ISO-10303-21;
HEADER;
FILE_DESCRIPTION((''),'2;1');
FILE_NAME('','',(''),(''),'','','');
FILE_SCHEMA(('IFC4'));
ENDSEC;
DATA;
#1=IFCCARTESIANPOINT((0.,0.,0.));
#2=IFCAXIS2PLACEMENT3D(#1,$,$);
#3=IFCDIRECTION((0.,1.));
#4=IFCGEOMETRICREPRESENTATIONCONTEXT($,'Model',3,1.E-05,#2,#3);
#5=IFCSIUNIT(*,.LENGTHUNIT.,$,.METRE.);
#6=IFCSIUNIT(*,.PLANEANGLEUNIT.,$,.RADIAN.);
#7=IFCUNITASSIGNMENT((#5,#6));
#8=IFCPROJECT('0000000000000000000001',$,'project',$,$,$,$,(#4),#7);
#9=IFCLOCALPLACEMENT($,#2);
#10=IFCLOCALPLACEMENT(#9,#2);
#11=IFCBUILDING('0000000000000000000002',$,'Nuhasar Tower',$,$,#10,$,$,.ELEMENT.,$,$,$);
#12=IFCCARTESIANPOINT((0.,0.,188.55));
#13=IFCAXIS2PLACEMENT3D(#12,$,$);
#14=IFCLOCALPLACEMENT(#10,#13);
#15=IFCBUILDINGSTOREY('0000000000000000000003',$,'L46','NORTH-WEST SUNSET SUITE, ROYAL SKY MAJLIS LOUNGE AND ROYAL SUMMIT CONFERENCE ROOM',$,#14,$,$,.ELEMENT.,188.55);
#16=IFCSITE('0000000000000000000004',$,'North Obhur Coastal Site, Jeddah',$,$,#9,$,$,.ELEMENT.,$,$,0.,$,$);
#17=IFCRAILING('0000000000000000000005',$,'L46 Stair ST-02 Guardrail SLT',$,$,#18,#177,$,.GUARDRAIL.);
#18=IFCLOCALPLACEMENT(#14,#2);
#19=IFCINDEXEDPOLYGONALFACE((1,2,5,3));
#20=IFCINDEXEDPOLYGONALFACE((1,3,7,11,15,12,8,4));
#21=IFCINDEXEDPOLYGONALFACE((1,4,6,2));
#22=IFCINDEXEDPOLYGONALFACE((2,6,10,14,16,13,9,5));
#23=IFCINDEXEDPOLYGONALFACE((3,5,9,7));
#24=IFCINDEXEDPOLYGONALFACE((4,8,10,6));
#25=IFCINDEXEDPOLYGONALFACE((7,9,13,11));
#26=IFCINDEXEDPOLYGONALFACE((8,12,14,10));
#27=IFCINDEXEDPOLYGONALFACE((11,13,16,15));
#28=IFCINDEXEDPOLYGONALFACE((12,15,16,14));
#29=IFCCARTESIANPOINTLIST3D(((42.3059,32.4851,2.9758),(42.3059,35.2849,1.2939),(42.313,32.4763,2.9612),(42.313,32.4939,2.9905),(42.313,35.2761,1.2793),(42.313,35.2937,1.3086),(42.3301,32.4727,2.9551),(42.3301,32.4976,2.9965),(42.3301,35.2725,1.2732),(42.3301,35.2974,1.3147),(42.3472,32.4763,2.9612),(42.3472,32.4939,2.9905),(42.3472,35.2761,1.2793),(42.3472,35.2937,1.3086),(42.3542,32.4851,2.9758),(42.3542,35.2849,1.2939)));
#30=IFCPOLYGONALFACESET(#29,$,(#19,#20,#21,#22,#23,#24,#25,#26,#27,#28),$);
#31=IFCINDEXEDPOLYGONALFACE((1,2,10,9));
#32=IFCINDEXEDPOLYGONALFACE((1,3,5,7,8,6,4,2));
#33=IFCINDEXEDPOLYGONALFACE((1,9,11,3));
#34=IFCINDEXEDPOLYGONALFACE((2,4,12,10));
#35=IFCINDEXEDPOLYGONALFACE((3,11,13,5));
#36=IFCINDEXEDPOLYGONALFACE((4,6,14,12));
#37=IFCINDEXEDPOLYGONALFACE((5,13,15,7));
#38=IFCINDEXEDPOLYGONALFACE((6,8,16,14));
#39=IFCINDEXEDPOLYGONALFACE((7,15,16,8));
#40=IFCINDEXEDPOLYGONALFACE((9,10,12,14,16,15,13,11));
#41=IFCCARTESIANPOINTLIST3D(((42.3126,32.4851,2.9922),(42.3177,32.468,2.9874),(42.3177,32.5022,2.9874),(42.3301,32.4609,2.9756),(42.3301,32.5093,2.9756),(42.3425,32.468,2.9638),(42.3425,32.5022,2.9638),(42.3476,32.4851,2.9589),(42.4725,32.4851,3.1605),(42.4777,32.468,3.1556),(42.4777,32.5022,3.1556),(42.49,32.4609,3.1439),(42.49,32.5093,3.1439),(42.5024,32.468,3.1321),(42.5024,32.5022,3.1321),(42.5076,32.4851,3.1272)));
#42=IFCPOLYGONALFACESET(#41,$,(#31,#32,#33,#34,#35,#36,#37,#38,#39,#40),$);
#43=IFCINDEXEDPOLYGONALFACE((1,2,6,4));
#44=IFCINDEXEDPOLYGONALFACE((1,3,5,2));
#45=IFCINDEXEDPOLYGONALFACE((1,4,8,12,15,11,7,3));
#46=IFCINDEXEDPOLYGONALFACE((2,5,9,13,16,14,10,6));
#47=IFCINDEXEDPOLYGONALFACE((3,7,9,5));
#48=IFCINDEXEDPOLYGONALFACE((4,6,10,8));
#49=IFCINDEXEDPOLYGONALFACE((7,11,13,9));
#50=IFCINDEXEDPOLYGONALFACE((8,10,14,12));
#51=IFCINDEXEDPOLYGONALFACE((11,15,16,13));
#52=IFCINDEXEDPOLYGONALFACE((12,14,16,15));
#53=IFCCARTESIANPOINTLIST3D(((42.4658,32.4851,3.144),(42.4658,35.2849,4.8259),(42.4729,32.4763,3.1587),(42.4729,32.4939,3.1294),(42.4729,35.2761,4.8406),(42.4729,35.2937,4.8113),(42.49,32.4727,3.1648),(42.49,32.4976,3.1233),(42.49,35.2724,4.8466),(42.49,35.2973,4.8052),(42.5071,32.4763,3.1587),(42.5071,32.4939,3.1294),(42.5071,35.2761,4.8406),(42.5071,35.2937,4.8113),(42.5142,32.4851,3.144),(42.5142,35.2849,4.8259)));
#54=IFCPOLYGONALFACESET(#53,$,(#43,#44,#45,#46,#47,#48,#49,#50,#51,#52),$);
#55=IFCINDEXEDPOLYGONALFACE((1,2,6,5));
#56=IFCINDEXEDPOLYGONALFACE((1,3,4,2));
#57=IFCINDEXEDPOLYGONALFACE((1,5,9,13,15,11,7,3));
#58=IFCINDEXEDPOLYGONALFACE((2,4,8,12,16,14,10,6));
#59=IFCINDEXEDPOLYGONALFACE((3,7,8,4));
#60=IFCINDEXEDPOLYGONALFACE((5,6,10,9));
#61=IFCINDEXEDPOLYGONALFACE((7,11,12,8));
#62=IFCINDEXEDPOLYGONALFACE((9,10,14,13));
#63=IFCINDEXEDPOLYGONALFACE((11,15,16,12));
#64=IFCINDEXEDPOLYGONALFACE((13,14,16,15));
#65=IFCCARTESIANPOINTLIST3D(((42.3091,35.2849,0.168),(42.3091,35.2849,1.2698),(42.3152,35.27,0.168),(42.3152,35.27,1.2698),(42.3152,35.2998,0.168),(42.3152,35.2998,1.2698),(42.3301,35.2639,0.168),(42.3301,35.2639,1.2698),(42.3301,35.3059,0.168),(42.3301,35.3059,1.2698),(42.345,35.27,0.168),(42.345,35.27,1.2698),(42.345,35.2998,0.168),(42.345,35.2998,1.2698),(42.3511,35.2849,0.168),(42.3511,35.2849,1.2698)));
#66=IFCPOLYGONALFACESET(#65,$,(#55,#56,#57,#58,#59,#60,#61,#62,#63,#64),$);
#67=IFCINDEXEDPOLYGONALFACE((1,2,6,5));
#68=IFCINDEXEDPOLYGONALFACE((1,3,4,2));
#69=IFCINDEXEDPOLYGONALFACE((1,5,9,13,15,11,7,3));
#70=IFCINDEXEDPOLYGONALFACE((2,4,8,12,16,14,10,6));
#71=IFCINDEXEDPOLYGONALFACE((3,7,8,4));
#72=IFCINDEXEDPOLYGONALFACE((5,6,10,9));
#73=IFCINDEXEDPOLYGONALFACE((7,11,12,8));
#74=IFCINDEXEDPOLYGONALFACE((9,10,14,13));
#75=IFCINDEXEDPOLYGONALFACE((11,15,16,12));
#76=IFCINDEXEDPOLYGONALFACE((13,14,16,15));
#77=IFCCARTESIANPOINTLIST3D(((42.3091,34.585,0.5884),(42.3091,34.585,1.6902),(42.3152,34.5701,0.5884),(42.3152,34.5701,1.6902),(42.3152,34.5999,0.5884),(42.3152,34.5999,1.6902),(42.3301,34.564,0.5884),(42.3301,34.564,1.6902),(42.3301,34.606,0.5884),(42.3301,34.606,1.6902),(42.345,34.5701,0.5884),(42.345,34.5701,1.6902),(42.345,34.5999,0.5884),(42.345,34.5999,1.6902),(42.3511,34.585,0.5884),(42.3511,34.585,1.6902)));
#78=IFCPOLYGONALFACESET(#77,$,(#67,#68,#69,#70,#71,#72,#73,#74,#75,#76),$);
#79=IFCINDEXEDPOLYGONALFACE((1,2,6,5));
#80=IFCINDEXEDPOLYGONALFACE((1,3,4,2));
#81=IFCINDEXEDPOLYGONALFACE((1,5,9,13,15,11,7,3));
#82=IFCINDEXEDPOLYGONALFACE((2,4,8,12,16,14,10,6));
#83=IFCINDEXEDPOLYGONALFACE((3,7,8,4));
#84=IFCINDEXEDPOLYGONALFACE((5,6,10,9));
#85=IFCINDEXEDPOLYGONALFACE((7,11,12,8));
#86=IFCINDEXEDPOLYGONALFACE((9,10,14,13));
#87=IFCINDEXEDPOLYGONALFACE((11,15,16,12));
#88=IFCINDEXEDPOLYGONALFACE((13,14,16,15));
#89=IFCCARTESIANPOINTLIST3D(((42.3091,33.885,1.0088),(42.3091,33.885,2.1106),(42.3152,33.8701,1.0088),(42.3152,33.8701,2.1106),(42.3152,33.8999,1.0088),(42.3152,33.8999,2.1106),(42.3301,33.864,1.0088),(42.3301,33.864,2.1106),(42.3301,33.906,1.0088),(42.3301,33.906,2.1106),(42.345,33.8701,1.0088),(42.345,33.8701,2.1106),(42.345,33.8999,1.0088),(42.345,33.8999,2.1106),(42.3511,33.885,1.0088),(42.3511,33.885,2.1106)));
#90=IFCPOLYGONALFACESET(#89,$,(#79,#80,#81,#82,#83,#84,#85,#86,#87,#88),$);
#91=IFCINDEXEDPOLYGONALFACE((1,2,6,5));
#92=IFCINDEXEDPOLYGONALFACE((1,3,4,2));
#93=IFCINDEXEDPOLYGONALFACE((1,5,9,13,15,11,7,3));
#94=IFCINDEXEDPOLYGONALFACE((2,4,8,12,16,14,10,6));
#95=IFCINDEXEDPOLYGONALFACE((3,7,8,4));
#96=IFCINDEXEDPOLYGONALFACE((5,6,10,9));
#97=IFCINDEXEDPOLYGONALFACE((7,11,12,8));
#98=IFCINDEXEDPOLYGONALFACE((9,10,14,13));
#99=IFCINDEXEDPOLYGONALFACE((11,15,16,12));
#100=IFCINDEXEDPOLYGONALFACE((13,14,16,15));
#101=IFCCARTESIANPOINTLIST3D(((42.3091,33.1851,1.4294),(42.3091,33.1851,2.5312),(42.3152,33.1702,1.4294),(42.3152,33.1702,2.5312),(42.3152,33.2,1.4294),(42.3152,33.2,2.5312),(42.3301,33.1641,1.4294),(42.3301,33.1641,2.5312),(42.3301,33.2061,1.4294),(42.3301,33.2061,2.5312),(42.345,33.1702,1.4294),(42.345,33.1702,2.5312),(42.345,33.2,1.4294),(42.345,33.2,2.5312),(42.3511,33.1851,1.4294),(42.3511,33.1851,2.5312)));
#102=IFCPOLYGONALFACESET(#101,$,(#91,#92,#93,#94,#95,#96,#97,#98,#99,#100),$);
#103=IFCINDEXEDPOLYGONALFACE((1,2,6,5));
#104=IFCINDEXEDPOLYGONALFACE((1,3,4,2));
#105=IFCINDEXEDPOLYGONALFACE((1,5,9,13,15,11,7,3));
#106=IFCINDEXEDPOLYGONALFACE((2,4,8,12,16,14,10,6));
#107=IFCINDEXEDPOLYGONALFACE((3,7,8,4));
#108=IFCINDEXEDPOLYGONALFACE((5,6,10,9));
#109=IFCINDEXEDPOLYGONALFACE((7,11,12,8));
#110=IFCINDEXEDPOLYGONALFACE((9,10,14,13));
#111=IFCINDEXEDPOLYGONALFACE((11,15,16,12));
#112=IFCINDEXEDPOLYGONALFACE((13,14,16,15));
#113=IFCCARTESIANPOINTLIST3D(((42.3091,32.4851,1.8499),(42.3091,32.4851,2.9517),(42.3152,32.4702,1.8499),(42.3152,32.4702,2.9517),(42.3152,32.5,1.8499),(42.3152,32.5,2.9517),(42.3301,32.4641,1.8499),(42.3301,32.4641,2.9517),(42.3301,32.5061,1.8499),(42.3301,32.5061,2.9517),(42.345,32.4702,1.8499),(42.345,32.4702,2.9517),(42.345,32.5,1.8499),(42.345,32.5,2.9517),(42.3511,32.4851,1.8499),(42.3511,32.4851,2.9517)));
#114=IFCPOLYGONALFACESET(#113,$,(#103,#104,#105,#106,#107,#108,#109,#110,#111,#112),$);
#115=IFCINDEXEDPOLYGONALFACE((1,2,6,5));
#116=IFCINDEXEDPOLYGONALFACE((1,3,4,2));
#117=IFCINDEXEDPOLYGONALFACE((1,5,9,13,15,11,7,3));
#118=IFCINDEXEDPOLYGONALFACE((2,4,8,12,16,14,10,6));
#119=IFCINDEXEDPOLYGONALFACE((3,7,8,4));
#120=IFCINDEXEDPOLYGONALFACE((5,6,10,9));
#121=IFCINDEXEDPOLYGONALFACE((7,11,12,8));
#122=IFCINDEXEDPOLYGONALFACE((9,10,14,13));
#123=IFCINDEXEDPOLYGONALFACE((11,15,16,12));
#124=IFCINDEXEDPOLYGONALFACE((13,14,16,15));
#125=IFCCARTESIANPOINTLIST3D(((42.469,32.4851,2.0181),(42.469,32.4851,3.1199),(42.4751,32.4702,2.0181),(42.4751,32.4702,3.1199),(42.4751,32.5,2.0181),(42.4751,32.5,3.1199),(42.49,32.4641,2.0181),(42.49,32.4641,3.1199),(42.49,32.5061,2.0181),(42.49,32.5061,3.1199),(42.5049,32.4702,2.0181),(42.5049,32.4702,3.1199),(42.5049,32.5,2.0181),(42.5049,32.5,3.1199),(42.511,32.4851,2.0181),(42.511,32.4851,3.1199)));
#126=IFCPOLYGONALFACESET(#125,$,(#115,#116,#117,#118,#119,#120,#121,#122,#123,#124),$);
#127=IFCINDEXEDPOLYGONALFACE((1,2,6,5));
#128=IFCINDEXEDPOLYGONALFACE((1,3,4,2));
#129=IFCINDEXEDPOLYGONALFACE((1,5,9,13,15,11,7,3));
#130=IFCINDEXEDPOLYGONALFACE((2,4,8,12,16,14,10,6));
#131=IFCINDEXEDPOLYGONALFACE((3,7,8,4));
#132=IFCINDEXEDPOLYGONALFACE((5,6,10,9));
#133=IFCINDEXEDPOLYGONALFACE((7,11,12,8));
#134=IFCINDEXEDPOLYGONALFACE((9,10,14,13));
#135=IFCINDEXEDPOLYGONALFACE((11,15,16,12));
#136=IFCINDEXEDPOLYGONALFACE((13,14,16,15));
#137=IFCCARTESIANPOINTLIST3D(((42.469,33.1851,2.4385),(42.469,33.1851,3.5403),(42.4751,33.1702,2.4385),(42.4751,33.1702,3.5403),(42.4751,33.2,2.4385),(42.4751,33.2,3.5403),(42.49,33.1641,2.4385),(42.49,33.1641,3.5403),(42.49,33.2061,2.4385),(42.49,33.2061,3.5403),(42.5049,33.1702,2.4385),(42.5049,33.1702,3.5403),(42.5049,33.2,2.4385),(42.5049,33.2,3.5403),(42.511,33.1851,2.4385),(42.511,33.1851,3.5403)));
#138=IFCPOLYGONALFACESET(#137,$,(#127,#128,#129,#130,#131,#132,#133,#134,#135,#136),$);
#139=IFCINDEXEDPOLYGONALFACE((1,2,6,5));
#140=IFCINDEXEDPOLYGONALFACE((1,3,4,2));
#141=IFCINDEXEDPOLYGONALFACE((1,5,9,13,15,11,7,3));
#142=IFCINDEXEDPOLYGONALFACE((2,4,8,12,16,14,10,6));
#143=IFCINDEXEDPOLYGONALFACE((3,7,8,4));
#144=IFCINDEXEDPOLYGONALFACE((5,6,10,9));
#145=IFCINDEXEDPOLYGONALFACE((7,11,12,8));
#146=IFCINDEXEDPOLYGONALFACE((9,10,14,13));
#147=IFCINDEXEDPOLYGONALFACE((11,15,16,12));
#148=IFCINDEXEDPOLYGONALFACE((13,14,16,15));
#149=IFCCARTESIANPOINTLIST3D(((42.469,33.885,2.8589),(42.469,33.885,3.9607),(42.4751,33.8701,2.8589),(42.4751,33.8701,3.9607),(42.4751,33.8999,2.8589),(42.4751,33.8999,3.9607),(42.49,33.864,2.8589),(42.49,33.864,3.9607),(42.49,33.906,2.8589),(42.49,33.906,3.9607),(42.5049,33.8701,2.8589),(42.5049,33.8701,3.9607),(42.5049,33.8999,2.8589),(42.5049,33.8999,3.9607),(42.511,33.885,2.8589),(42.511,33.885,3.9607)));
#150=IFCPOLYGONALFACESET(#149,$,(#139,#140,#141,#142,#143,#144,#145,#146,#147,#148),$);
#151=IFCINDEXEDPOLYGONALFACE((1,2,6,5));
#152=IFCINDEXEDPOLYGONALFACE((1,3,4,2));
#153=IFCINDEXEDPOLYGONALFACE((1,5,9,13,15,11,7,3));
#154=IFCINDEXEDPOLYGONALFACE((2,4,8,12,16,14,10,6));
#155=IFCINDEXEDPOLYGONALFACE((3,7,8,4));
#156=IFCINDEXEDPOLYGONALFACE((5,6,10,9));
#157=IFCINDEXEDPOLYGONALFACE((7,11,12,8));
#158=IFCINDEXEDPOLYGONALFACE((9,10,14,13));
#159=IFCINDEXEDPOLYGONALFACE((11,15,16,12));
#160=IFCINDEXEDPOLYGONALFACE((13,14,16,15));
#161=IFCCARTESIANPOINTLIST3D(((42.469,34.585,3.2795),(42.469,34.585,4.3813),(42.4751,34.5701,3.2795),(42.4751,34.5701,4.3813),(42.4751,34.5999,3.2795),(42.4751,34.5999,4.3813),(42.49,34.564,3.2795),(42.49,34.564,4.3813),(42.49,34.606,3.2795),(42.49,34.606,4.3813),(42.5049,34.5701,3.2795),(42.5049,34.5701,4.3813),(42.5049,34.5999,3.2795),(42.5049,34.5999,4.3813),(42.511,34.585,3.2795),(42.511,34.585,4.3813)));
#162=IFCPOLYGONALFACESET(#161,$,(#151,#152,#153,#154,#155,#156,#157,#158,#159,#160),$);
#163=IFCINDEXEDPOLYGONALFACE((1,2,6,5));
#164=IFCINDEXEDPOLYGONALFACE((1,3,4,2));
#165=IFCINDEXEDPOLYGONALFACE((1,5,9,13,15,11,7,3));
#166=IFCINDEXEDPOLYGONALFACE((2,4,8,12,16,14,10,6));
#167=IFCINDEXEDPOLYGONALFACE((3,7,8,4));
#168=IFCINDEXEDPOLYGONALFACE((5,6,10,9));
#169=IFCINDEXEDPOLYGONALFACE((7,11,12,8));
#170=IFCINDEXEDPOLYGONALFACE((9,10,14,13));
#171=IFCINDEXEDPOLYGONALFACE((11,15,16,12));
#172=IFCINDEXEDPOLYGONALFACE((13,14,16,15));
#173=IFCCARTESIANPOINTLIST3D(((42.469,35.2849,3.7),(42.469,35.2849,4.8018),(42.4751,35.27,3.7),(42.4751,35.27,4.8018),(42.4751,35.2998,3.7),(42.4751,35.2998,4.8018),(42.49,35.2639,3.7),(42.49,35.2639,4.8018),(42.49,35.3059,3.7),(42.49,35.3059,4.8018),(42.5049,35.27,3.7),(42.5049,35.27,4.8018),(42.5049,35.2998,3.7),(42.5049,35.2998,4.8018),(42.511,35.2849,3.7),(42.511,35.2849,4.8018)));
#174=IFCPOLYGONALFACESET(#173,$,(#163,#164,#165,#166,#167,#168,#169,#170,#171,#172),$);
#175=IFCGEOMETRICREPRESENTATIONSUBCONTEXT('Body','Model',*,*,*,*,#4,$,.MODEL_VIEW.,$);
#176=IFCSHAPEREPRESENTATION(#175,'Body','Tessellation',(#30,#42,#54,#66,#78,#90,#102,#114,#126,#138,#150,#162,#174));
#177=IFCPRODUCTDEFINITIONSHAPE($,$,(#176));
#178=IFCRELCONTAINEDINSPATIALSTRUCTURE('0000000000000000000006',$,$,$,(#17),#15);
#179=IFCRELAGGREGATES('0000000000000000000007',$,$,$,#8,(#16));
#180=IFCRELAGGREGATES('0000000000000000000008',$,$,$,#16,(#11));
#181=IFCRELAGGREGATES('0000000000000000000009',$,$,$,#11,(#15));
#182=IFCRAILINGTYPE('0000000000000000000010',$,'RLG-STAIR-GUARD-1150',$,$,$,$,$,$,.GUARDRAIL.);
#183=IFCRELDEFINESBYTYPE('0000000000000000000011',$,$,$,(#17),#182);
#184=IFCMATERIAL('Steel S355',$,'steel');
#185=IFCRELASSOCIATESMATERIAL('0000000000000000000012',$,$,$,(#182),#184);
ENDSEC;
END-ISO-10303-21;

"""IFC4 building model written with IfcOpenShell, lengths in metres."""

from ifc_helpers import new_model, si_unit, direction, frame, origin, place, context, subcontext, project, spatial, polyline, outline, extrude, material, type_object, element, save


model = new_model("IFC4")

# Units and contexts
model_context = context("Model", 3, precision=1e-05, world=origin(), true_north=direction((0.0, 1.0)))
body_context = subcontext(model_context, "Body", "Model", "MODEL_VIEW")
ifc_project = project(units=[si_unit("LENGTHUNIT", "METRE"), si_unit("PLANEANGLEUNIT", "RADIAN")], contexts=[model_context])

# Site, building, storey
site_placement = place(None, origin())
site = spatial("IfcSite", under=ifc_project, at=site_placement, Name="North Obhur Coastal Site, Jeddah", CompositionType="ELEMENT", RefElevation=0.0)
building_placement = place(site_placement, origin())
building = spatial("IfcBuilding", under=site, at=building_placement, Name="Nuhasar Tower", CompositionType="ELEMENT")
storey_placement = place(building_placement, frame((0.0, 0.0, 188.55)))
storey = spatial("IfcBuildingStorey", under=building, at=storey_placement, Name="L46", Description="NORTH-WEST SUNSET SUITE, ROYAL SKY MAJLIS LOUNGE AND ROYAL SUMMIT CONFERENCE ROOM", CompositionType="ELEMENT", Elevation=188.55)

# Shared definitions
ifc_material_1 = material(Name="Steel S355", Category="steel")

# Railing
railing_type_1 = type_object("IfcRailingType", Name="RLG-STAIR-GUARD-1150", PredefinedType="GUARDRAIL", material=ifc_material_1)
railing_1_placement = place(storey_placement, frame((42.3301, 35.2849, 0.168)))
element("IfcRailing", 1, at=railing_1_placement, inside=storey, type_object=railing_type_1, Name="L46 Stair ST-02 Guardrail SLT", PredefinedType="GUARDRAIL", context=body_context, shape_type="SweptSolid", body=[
    extrude(outline(polyline([(0.0242, 0.0), (0.0171, 0.0171), (0.0, 0.0242), (-0.0171, 0.0171), (-0.0242, 0.0), (-0.0171, -0.0171), (0.0, -0.0242), (0.0171, -0.0171), (0.0242, 0.0)])), frame((0.0, 0.0, 1.126), z_axis=(0.0, -0.857222, 0.514946), x_axis=(1.0, 0.0, 0.0)), (0.0, 0.0, 1.0), 3.2661),
    extrude(outline(polyline([(0.0242, 0.0), (0.0171, 0.0171), (0.0, 0.0242), (-0.0171, 0.0171), (-0.0242, 0.0), (-0.0171, -0.0171), (0.0, -0.0242), (0.0171, -0.0171), (0.0242, 0.0)])), frame((0.0, -2.7998, 2.8076), z_axis=(0.688998, 0.0, 0.724763), x_axis=(0.0, 1.0, 0.0)), (0.0, 0.0, 1.0), 0.2322),
    extrude(outline(polyline([(0.0242, 0.0), (0.0171, 0.0171), (0.0, 0.0242), (-0.0171, 0.0171), (-0.0242, 0.0), (-0.0171, -0.0171), (0.0, -0.0242), (0.0171, -0.0171), (0.0242, 0.0)])), frame((0.1599, -2.7998, 2.9761), z_axis=(0.0, 0.857222, 0.514946), x_axis=(-1.0, 0.0, 0.0)), (0.0, 0.0, 1.0), 3.2661),
    extrude(outline(polyline([(0.021, 0.0), (0.0149, 0.0149), (0.0, 0.021), (-0.0149, 0.0149), (-0.021, 0.0), (-0.0149, -0.0149), (0.0, -0.021), (0.0149, -0.0149), (0.021, 0.0)])), origin(), (0.0, 0.0, 1.0), 1.1018),
    extrude(outline(polyline([(0.021, 0.0), (0.0149, 0.0149), (0.0, 0.021), (-0.0149, 0.0149), (-0.021, 0.0), (-0.0149, -0.0149), (0.0, -0.021), (0.0149, -0.0149), (0.021, 0.0)])), frame((0.0, -0.7, 0.4204)), (0.0, 0.0, 1.0), 1.1018),
    extrude(outline(polyline([(0.021, 0.0), (0.0149, 0.0149), (0.0, 0.021), (-0.0149, 0.0149), (-0.021, 0.0), (-0.0149, -0.0149), (0.0, -0.021), (0.0149, -0.0149), (0.021, 0.0)])), frame((0.0, -1.3999, 0.8408)), (0.0, 0.0, 1.0), 1.1018),
    extrude(outline(polyline([(0.021, 0.0), (0.0149, 0.0149), (0.0, 0.021), (-0.0149, 0.0149), (-0.021, 0.0), (-0.0149, -0.0149), (0.0, -0.021), (0.0149, -0.0149), (0.021, 0.0)])), frame((0.0, -2.0999, 1.2615)), (0.0, 0.0, 1.0), 1.1018),
    extrude(outline(polyline([(0.021, 0.0), (0.0149, 0.0149), (0.0, 0.021), (-0.0149, 0.0149), (-0.021, 0.0), (-0.0149, -0.0149), (0.0, -0.021), (0.0149, -0.0149), (0.021, 0.0)])), frame((0.0, -2.7998, 1.6819)), (0.0, 0.0, 1.0), 1.1018),
    extrude(outline(polyline([(0.021, 0.0), (0.0149, 0.0149), (0.0, 0.021), (-0.0149, 0.0149), (-0.021, 0.0), (-0.0149, -0.0149), (0.0, -0.021), (0.0149, -0.0149), (0.021, 0.0)])), frame((0.1599, -2.7998, 1.8501)), (0.0, 0.0, 1.0), 1.1018),
    extrude(outline(polyline([(0.021, 0.0), (0.0149, 0.0149), (0.0, 0.021), (-0.0149, 0.0149), (-0.021, 0.0), (-0.0149, -0.0149), (0.0, -0.021), (0.0149, -0.0149), (0.021, 0.0)])), frame((0.1599, -2.0999, 2.2705)), (0.0, 0.0, 1.0), 1.1018),
    extrude(outline(polyline([(0.021, 0.0), (0.0149, 0.0149), (0.0, 0.021), (-0.0149, 0.0149), (-0.021, 0.0), (-0.0149, -0.0149), (0.0, -0.021), (0.0149, -0.0149), (0.021, 0.0)])), frame((0.1599, -1.3999, 2.6909)), (0.0, 0.0, 1.0), 1.1018),
    extrude(outline(polyline([(0.021, 0.0), (0.0149, 0.0149), (0.0, 0.021), (-0.0149, 0.0149), (-0.021, 0.0), (-0.0149, -0.0149), (0.0, -0.021), (0.0149, -0.0149), (0.021, 0.0)])), frame((0.1599, -0.7, 3.1116)), (0.0, 0.0, 1.0), 1.1018),
    extrude(outline(polyline([(0.021, 0.0), (0.0149, 0.0149), (0.0, 0.021), (-0.0149, 0.0149), (-0.021, 0.0), (-0.0149, -0.0149), (0.0, -0.021), (0.0149, -0.0149), (0.021, 0.0)])), frame((0.1599, 0.0, 3.532)), (0.0, 0.0, 1.0), 1.1018),
])

save(model, "model.ifc")
